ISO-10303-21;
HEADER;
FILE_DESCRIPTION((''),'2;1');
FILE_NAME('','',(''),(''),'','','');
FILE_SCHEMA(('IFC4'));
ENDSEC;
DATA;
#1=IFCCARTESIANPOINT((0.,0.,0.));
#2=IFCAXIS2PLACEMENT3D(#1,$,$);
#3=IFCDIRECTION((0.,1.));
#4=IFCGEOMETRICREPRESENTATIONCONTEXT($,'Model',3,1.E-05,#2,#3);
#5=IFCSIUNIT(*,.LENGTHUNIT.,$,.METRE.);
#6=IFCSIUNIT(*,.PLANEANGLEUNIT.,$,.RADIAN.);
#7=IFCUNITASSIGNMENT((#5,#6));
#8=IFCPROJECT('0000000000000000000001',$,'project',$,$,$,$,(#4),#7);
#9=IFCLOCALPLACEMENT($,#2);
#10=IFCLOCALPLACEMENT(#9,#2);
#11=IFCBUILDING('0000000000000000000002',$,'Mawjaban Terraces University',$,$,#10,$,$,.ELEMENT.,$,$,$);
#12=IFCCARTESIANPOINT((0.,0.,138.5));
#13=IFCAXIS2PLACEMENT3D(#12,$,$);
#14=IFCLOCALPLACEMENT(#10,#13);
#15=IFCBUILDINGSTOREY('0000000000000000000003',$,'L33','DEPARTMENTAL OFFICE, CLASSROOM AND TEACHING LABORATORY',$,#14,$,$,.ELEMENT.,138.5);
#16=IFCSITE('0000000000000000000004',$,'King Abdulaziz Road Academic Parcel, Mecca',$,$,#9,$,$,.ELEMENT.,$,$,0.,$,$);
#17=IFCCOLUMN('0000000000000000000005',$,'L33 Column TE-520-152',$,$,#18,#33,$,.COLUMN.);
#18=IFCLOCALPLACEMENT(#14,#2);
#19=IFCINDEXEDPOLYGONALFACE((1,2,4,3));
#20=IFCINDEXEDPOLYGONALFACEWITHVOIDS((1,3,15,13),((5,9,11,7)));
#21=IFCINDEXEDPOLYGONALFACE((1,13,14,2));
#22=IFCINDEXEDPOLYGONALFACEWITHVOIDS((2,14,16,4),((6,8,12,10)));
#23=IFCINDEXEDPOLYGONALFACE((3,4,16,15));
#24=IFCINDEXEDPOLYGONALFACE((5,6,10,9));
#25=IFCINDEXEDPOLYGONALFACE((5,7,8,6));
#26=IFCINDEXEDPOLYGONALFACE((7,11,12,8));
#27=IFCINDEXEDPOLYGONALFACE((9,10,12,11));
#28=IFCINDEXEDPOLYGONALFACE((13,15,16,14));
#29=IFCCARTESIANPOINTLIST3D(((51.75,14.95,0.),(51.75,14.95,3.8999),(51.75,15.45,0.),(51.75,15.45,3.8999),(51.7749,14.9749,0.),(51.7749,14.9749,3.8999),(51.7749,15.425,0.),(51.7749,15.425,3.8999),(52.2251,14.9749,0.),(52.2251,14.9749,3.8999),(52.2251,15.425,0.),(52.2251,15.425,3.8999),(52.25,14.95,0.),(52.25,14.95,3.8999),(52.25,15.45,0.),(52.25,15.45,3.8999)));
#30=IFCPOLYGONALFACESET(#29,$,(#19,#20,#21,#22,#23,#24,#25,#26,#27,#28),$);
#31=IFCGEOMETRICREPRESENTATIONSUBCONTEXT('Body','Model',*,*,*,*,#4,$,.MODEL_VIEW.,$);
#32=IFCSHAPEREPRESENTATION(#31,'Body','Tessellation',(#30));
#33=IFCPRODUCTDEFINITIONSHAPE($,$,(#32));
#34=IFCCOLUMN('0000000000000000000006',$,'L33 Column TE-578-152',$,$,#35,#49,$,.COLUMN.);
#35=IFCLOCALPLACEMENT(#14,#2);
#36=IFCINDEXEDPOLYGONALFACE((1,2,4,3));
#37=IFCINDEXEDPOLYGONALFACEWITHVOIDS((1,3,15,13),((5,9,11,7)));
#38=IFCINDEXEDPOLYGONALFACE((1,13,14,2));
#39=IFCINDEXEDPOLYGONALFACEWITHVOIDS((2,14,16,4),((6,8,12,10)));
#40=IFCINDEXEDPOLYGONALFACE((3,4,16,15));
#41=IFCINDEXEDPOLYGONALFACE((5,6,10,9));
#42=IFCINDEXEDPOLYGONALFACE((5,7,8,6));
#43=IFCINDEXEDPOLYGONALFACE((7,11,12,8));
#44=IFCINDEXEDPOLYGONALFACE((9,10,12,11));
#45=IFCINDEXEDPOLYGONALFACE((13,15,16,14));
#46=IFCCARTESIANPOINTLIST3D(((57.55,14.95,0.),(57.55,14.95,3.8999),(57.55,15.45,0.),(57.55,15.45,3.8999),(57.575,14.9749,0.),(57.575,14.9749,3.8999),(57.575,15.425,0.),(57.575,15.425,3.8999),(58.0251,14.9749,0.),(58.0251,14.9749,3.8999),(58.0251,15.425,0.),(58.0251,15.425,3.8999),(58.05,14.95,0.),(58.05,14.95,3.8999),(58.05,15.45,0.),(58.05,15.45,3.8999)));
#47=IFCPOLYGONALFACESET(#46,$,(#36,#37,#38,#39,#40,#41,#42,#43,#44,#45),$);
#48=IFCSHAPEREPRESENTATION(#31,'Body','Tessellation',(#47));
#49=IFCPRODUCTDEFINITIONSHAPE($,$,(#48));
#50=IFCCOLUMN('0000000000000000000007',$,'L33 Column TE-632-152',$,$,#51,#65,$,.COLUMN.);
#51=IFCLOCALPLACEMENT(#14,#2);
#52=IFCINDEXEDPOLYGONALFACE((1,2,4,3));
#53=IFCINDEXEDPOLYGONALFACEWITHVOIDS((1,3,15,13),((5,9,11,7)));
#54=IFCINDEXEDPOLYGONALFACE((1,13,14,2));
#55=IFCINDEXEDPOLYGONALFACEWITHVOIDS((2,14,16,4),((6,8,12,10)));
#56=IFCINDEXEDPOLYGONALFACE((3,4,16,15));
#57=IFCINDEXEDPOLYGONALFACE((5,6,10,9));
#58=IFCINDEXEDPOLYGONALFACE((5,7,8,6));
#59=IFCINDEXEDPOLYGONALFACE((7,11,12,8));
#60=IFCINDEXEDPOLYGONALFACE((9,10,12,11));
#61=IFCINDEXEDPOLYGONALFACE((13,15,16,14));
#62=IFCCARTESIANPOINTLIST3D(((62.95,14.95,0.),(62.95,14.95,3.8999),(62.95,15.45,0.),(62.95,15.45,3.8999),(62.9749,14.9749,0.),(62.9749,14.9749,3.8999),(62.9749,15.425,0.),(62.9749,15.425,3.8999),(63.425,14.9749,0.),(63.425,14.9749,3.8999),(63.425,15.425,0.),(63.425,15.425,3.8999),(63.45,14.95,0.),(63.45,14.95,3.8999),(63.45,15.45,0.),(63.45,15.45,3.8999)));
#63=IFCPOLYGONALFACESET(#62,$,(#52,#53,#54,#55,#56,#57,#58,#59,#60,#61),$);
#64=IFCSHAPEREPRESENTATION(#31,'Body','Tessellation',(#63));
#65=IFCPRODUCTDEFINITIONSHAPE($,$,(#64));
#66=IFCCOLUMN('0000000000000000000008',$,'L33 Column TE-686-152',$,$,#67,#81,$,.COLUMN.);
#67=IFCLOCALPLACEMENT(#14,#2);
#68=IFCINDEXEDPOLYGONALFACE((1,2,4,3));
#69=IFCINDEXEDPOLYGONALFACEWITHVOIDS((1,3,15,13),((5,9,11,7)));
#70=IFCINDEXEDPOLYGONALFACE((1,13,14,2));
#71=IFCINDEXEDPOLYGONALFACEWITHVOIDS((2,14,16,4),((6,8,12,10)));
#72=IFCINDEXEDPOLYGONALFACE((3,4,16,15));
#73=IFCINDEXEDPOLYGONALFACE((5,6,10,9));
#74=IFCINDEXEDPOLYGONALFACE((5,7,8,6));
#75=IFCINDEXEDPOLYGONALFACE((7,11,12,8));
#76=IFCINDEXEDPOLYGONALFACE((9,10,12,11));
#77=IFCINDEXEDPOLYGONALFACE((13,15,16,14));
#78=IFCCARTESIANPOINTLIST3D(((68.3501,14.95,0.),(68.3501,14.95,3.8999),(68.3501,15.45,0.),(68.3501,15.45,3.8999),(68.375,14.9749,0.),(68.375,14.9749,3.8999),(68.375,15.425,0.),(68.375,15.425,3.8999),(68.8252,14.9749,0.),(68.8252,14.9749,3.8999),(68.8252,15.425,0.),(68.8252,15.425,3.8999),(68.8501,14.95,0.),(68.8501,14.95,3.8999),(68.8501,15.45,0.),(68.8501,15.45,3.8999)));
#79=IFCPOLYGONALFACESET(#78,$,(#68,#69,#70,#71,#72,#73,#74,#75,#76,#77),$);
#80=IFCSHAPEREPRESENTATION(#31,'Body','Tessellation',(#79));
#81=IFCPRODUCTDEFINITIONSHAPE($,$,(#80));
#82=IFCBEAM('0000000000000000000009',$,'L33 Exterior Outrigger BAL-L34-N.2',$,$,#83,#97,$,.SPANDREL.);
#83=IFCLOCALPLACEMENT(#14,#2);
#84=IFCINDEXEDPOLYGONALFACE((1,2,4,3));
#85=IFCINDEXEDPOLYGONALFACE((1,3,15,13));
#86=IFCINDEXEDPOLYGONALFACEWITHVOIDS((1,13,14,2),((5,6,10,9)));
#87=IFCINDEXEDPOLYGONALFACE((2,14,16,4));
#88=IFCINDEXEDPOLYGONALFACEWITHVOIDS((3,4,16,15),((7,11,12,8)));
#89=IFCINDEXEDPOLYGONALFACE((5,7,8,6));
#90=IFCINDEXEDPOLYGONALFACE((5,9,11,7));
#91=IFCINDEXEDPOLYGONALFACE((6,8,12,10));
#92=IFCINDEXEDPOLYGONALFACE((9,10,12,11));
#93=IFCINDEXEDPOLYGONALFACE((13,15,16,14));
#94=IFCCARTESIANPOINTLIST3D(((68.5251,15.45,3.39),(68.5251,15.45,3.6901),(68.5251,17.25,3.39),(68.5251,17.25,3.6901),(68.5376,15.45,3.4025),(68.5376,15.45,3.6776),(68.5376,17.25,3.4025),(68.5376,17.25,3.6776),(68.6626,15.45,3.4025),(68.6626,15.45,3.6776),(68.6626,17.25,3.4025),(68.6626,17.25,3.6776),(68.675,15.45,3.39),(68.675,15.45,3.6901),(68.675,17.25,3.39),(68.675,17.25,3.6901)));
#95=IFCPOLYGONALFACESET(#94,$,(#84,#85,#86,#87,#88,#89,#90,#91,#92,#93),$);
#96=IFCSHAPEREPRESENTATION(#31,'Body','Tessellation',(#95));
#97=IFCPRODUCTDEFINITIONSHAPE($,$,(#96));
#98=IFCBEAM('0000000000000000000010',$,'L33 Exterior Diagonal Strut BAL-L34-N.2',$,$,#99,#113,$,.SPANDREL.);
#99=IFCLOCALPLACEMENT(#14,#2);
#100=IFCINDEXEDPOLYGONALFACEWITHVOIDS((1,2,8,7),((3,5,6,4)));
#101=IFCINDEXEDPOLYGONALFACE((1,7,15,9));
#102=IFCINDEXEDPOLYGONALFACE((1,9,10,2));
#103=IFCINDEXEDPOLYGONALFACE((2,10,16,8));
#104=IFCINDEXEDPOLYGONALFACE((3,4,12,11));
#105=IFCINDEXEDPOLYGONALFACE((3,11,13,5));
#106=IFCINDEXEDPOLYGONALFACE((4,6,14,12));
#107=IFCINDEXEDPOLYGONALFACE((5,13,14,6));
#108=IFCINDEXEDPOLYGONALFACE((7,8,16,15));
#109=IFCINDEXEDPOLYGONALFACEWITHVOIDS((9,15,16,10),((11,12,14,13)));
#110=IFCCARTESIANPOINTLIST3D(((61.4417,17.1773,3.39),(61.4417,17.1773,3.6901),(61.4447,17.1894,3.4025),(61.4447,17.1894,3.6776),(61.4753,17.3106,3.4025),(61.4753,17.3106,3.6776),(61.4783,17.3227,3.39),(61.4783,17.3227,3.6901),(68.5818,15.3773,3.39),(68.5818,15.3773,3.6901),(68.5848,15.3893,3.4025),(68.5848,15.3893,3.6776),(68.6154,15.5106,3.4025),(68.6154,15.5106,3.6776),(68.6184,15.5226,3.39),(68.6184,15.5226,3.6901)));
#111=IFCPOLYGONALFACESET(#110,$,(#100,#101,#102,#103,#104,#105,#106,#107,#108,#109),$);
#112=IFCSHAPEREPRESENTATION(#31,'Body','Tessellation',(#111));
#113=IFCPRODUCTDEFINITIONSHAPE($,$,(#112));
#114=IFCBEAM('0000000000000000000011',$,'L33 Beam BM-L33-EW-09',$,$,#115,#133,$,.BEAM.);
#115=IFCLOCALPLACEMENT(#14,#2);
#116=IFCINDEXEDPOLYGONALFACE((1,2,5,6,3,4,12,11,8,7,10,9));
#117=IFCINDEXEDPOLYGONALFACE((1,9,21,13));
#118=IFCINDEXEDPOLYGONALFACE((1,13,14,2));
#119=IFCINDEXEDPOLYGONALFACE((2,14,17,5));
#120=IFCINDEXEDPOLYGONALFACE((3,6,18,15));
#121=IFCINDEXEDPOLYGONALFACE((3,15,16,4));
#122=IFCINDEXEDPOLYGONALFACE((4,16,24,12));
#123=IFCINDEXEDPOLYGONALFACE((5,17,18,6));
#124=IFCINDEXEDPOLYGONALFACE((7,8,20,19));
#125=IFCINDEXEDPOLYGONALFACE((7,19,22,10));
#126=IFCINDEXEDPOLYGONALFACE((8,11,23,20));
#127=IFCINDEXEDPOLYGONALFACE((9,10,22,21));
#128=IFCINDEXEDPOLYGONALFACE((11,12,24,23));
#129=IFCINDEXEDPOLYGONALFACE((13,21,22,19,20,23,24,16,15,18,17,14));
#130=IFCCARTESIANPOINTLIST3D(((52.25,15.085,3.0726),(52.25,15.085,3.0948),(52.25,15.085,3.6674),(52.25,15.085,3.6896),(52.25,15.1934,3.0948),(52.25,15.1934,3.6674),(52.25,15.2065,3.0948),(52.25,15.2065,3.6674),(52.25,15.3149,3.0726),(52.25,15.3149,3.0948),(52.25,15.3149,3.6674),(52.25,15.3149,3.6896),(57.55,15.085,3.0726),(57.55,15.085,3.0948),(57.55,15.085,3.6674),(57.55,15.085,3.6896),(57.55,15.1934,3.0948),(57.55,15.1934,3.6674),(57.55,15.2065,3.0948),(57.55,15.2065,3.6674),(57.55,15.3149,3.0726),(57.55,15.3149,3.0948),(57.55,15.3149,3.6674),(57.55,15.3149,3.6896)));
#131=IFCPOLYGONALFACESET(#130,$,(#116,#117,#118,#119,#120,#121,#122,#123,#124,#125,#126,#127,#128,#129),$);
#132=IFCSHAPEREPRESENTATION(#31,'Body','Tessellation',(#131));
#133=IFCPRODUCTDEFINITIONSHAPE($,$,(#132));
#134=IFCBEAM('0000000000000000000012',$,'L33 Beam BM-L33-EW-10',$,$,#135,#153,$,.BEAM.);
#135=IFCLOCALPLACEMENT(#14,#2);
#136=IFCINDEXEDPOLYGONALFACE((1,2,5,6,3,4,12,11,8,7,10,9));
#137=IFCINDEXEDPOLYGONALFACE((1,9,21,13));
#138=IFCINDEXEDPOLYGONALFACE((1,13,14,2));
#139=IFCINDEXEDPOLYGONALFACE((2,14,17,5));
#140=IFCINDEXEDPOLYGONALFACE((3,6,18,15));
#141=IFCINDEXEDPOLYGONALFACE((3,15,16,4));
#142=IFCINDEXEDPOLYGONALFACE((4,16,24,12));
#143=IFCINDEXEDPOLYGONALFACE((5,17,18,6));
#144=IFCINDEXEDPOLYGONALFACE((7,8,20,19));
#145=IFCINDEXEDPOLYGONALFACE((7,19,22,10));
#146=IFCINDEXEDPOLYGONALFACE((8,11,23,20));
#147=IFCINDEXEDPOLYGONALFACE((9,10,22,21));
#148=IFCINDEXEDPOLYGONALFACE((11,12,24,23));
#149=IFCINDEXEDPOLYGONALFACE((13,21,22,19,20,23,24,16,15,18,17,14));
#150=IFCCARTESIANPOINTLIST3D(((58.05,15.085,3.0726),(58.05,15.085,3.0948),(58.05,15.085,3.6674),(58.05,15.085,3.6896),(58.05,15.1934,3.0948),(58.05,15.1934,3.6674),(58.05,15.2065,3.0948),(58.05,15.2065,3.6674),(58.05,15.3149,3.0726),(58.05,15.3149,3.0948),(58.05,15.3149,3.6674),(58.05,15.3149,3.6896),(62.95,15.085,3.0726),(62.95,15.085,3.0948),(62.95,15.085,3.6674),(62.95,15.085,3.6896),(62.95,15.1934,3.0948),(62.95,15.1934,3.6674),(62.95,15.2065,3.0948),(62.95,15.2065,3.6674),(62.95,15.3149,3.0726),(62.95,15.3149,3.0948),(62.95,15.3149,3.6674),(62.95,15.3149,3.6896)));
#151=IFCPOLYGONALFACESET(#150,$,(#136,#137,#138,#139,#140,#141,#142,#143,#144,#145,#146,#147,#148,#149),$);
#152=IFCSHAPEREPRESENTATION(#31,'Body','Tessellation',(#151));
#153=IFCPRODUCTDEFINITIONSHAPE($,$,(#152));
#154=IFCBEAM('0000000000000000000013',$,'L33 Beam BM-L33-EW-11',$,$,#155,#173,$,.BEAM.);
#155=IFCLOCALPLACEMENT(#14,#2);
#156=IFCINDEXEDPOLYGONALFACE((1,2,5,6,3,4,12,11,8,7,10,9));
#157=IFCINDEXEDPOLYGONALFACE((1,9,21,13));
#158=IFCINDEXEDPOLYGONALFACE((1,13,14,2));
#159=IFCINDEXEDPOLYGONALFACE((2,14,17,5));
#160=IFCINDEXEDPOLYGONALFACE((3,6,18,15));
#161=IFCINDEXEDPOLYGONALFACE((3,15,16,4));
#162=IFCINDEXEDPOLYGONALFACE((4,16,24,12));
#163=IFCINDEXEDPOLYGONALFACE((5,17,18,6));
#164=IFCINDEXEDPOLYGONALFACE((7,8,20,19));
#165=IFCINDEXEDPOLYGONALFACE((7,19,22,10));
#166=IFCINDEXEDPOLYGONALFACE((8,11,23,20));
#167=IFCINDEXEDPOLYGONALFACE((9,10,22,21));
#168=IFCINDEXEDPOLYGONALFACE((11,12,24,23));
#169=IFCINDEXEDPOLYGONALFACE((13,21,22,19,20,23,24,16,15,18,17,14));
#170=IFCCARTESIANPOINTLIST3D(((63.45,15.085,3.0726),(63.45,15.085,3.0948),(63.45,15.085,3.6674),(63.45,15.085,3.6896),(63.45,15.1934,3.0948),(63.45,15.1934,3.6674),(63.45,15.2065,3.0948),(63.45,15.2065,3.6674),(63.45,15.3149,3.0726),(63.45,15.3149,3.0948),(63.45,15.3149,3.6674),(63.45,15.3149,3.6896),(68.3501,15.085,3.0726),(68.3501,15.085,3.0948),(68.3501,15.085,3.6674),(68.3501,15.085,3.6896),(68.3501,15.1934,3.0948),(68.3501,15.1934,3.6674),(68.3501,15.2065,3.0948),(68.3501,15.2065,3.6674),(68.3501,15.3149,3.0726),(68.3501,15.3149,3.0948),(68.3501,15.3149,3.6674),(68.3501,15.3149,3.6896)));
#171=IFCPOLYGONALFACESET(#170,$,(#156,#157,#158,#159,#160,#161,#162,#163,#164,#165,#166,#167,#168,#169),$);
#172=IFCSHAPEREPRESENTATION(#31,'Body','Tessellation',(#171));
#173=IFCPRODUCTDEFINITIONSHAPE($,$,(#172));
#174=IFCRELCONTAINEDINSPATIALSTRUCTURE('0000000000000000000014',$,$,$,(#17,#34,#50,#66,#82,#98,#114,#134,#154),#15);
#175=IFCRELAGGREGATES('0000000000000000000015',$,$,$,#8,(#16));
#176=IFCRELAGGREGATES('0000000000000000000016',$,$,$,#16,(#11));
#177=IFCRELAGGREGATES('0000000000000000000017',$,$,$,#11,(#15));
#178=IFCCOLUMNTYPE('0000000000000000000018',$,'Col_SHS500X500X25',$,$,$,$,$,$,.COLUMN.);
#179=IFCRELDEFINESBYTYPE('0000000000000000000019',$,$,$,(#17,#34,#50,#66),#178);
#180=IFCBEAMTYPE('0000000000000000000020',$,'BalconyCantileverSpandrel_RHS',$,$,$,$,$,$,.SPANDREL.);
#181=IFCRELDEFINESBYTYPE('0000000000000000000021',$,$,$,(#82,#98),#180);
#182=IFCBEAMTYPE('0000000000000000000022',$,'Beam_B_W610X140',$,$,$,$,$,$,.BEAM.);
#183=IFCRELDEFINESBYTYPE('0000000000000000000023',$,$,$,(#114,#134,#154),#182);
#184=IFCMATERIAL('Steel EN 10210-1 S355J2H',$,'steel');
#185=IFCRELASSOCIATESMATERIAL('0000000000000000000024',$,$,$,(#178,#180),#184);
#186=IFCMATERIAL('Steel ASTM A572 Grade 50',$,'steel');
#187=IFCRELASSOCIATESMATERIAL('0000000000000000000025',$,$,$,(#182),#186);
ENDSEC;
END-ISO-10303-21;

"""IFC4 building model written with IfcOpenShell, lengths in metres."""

from ifc_helpers import new_model, si_unit, direction, frame, origin, origin_2d, place, context, subcontext, project, spatial, hollow_rectangle, i_section, extrude, material, material_profile, profile_set, type_object, element, save


model = new_model("IFC4")

# Units and contexts
model_context = context("Model", 3, precision=1e-05, world=origin(), true_north=direction((0.0, 1.0)))
body_context = subcontext(model_context, "Body", "Model", "MODEL_VIEW")
ifc_project = project(units=[si_unit("LENGTHUNIT", "METRE"), si_unit("PLANEANGLEUNIT", "RADIAN")], contexts=[model_context])

# Site, building, storey
site_placement = place(None, origin())
site = spatial("IfcSite", under=ifc_project, at=site_placement, Name="King Abdulaziz Road Academic Parcel, Mecca", CompositionType="ELEMENT", RefElevation=0.0)
building_placement = place(site_placement, origin())
building = spatial("IfcBuilding", under=site, at=building_placement, Name="Mawjaban Terraces University", CompositionType="ELEMENT")
storey_placement = place(building_placement, frame((0.0, 0.0, 138.5)))
storey = spatial("IfcBuildingStorey", under=building, at=storey_placement, Name="L33", Description="DEPARTMENTAL OFFICE, CLASSROOM AND TEACHING LABORATORY", CompositionType="ELEMENT", Elevation=138.5)

# Columns
ifc_material_1 = material(Name="Steel EN 10210-1 S355J2H", Category="steel")
ifc_material_profile_1 = material_profile(ifc_material_1, hollow_rectangle(XDim=0.5, YDim=0.5, WallThickness=0.0249, at=origin_2d()), Name="SHS500X500X25")
ifc_profile_set_1 = profile_set([ifc_material_profile_1], Name="Steel EN 10210-1 S355J2H")
column_type = type_object("IfcColumnType", Name="Col_SHS500X500X25", PredefinedType="COLUMN", material=ifc_profile_set_1)
for number, where, z_axis, x_axis, name in (
    (1, (52.0, 15.2, 0.0), (0.0, 0.0, 1.0), (1.0, 0.0, 0.0), "L33 Column TE-520-152"),
    (2, (57.8, 15.2, 0.0), (0.0, 0.0, 1.0), (1.0, 0.0, 0.0), "L33 Column TE-578-152"),
    (3, (63.2, 15.2, 0.0), (0.0, 0.0, 1.0), (1.0, 0.0, 0.0), "L33 Column TE-632-152"),
    (4, (68.6001, 15.2, 0.0), (0.0, 0.0, 1.0), (1.0, 0.0, 0.0), "L33 Column TE-686-152"),
):
    element("IfcColumn", number, at=place(storey_placement, frame(where, z_axis=z_axis, x_axis=x_axis)), inside=storey, type_object=column_type, Name=name, PredefinedType="COLUMN", context=body_context, shape_type="SweptSolid", body=[
        extrude(hollow_rectangle(XDim=0.5, YDim=0.5, WallThickness=0.0249, at=origin_2d()), origin(), (0.0, 0.0, 1.0), 3.8999),
    ])

# Beams
ifc_material_profile_2 = material_profile(ifc_material_1, hollow_rectangle(XDim=0.1499, YDim=0.3, WallThickness=0.0125, at=origin_2d()), Name="RHS300X150X12.5")
ifc_profile_set_2 = profile_set([ifc_material_profile_2], Name="Steel EN 10210-1 S355J2H")
beam_type_1 = type_object("IfcBeamType", Name="BalconyCantileverSpandrel_RHS", PredefinedType="SPANDREL", material=ifc_profile_set_2)
beam_1_placement = place(storey_placement, frame((68.6001, 15.45, 3.54), z_axis=(0.0, 1.0, 0.0), x_axis=(-1.0, 0.0, 0.0)))
element("IfcBeam", 5, at=beam_1_placement, inside=storey, type_object=beam_type_1, Name="L33 Exterior Outrigger BAL-L34-N.2", PredefinedType="SPANDREL", context=body_context, shape_type="SweptSolid", body=[
    extrude(hollow_rectangle(XDim=0.1499, YDim=0.3, WallThickness=0.0125, at=origin_2d()), origin(), (0.0, 0.0, 1.0), 1.8),
])
beam_2_placement = place(storey_placement, frame((68.6001, 15.45, 3.54), z_axis=(-0.969661, 0.244454, 0.0), x_axis=(-0.244454, -0.969661, 0.0)))
element("IfcBeam", 6, at=beam_2_placement, inside=storey, type_object=beam_type_1, Name="L33 Exterior Diagonal Strut BAL-L34-N.2", PredefinedType="SPANDREL", context=body_context, shape_type="SweptSolid", body=[
    extrude(hollow_rectangle(XDim=0.1499, YDim=0.3, WallThickness=0.0125, at=origin_2d()), origin(), (0.0, 0.0, 1.0), 7.3635),
])
ifc_material_2 = material(Name="Steel ASTM A572 Grade 50", Category="steel")
ifc_material_profile_3 = material_profile(ifc_material_2, i_section(OverallWidth=0.23, OverallDepth=0.6169, WebThickness=0.0132, FlangeThickness=0.0222, at=origin_2d()), Name="W610X140")
ifc_profile_set_3 = profile_set([ifc_material_profile_3], Name="Steel ASTM A572 Grade 50")
beam_type_2 = type_object("IfcBeamType", Name="Beam_B_W610X140", PredefinedType="BEAM", material=ifc_profile_set_3)
beam_3_placement = place(storey_placement, frame((52.25, 15.2, 3.3811), z_axis=(1.0, 0.0, 0.0), x_axis=(0.0, 1.0, 0.0)))
element("IfcBeam", 7, at=beam_3_placement, inside=storey, type_object=beam_type_2, Name="L33 Beam BM-L33-EW-09", PredefinedType="BEAM", context=body_context, shape_type="SweptSolid", body=[
    extrude(i_section(OverallWidth=0.23, OverallDepth=0.6169, WebThickness=0.0132, FlangeThickness=0.0222, at=origin_2d()), origin(), (0.0, 0.0, 1.0), 5.3),
])
beam_4_placement = place(storey_placement, frame((58.05, 15.2, 3.3811), z_axis=(1.0, 0.0, 0.0), x_axis=(0.0, 1.0, 0.0)))
element("IfcBeam", 8, at=beam_4_placement, inside=storey, type_object=beam_type_2, Name="L33 Beam BM-L33-EW-10", PredefinedType="BEAM", context=body_context, shape_type="SweptSolid", body=[
    extrude(i_section(OverallWidth=0.23, OverallDepth=0.6169, WebThickness=0.0132, FlangeThickness=0.0222, at=origin_2d()), origin(), (0.0, 0.0, 1.0), 4.8999),
])
beam_5_placement = place(storey_placement, frame((63.45, 15.2, 3.3811), z_axis=(1.0, 0.0, 0.0), x_axis=(0.0, 1.0, 0.0)))
element("IfcBeam", 9, at=beam_5_placement, inside=storey, type_object=beam_type_2, Name="L33 Beam BM-L33-EW-11", PredefinedType="BEAM", context=body_context, shape_type="SweptSolid", body=[
    extrude(i_section(OverallWidth=0.23, OverallDepth=0.6169, WebThickness=0.0132, FlangeThickness=0.0222, at=origin_2d()), origin(), (0.0, 0.0, 1.0), 4.9001),
])

save(model, "model.ifc")
